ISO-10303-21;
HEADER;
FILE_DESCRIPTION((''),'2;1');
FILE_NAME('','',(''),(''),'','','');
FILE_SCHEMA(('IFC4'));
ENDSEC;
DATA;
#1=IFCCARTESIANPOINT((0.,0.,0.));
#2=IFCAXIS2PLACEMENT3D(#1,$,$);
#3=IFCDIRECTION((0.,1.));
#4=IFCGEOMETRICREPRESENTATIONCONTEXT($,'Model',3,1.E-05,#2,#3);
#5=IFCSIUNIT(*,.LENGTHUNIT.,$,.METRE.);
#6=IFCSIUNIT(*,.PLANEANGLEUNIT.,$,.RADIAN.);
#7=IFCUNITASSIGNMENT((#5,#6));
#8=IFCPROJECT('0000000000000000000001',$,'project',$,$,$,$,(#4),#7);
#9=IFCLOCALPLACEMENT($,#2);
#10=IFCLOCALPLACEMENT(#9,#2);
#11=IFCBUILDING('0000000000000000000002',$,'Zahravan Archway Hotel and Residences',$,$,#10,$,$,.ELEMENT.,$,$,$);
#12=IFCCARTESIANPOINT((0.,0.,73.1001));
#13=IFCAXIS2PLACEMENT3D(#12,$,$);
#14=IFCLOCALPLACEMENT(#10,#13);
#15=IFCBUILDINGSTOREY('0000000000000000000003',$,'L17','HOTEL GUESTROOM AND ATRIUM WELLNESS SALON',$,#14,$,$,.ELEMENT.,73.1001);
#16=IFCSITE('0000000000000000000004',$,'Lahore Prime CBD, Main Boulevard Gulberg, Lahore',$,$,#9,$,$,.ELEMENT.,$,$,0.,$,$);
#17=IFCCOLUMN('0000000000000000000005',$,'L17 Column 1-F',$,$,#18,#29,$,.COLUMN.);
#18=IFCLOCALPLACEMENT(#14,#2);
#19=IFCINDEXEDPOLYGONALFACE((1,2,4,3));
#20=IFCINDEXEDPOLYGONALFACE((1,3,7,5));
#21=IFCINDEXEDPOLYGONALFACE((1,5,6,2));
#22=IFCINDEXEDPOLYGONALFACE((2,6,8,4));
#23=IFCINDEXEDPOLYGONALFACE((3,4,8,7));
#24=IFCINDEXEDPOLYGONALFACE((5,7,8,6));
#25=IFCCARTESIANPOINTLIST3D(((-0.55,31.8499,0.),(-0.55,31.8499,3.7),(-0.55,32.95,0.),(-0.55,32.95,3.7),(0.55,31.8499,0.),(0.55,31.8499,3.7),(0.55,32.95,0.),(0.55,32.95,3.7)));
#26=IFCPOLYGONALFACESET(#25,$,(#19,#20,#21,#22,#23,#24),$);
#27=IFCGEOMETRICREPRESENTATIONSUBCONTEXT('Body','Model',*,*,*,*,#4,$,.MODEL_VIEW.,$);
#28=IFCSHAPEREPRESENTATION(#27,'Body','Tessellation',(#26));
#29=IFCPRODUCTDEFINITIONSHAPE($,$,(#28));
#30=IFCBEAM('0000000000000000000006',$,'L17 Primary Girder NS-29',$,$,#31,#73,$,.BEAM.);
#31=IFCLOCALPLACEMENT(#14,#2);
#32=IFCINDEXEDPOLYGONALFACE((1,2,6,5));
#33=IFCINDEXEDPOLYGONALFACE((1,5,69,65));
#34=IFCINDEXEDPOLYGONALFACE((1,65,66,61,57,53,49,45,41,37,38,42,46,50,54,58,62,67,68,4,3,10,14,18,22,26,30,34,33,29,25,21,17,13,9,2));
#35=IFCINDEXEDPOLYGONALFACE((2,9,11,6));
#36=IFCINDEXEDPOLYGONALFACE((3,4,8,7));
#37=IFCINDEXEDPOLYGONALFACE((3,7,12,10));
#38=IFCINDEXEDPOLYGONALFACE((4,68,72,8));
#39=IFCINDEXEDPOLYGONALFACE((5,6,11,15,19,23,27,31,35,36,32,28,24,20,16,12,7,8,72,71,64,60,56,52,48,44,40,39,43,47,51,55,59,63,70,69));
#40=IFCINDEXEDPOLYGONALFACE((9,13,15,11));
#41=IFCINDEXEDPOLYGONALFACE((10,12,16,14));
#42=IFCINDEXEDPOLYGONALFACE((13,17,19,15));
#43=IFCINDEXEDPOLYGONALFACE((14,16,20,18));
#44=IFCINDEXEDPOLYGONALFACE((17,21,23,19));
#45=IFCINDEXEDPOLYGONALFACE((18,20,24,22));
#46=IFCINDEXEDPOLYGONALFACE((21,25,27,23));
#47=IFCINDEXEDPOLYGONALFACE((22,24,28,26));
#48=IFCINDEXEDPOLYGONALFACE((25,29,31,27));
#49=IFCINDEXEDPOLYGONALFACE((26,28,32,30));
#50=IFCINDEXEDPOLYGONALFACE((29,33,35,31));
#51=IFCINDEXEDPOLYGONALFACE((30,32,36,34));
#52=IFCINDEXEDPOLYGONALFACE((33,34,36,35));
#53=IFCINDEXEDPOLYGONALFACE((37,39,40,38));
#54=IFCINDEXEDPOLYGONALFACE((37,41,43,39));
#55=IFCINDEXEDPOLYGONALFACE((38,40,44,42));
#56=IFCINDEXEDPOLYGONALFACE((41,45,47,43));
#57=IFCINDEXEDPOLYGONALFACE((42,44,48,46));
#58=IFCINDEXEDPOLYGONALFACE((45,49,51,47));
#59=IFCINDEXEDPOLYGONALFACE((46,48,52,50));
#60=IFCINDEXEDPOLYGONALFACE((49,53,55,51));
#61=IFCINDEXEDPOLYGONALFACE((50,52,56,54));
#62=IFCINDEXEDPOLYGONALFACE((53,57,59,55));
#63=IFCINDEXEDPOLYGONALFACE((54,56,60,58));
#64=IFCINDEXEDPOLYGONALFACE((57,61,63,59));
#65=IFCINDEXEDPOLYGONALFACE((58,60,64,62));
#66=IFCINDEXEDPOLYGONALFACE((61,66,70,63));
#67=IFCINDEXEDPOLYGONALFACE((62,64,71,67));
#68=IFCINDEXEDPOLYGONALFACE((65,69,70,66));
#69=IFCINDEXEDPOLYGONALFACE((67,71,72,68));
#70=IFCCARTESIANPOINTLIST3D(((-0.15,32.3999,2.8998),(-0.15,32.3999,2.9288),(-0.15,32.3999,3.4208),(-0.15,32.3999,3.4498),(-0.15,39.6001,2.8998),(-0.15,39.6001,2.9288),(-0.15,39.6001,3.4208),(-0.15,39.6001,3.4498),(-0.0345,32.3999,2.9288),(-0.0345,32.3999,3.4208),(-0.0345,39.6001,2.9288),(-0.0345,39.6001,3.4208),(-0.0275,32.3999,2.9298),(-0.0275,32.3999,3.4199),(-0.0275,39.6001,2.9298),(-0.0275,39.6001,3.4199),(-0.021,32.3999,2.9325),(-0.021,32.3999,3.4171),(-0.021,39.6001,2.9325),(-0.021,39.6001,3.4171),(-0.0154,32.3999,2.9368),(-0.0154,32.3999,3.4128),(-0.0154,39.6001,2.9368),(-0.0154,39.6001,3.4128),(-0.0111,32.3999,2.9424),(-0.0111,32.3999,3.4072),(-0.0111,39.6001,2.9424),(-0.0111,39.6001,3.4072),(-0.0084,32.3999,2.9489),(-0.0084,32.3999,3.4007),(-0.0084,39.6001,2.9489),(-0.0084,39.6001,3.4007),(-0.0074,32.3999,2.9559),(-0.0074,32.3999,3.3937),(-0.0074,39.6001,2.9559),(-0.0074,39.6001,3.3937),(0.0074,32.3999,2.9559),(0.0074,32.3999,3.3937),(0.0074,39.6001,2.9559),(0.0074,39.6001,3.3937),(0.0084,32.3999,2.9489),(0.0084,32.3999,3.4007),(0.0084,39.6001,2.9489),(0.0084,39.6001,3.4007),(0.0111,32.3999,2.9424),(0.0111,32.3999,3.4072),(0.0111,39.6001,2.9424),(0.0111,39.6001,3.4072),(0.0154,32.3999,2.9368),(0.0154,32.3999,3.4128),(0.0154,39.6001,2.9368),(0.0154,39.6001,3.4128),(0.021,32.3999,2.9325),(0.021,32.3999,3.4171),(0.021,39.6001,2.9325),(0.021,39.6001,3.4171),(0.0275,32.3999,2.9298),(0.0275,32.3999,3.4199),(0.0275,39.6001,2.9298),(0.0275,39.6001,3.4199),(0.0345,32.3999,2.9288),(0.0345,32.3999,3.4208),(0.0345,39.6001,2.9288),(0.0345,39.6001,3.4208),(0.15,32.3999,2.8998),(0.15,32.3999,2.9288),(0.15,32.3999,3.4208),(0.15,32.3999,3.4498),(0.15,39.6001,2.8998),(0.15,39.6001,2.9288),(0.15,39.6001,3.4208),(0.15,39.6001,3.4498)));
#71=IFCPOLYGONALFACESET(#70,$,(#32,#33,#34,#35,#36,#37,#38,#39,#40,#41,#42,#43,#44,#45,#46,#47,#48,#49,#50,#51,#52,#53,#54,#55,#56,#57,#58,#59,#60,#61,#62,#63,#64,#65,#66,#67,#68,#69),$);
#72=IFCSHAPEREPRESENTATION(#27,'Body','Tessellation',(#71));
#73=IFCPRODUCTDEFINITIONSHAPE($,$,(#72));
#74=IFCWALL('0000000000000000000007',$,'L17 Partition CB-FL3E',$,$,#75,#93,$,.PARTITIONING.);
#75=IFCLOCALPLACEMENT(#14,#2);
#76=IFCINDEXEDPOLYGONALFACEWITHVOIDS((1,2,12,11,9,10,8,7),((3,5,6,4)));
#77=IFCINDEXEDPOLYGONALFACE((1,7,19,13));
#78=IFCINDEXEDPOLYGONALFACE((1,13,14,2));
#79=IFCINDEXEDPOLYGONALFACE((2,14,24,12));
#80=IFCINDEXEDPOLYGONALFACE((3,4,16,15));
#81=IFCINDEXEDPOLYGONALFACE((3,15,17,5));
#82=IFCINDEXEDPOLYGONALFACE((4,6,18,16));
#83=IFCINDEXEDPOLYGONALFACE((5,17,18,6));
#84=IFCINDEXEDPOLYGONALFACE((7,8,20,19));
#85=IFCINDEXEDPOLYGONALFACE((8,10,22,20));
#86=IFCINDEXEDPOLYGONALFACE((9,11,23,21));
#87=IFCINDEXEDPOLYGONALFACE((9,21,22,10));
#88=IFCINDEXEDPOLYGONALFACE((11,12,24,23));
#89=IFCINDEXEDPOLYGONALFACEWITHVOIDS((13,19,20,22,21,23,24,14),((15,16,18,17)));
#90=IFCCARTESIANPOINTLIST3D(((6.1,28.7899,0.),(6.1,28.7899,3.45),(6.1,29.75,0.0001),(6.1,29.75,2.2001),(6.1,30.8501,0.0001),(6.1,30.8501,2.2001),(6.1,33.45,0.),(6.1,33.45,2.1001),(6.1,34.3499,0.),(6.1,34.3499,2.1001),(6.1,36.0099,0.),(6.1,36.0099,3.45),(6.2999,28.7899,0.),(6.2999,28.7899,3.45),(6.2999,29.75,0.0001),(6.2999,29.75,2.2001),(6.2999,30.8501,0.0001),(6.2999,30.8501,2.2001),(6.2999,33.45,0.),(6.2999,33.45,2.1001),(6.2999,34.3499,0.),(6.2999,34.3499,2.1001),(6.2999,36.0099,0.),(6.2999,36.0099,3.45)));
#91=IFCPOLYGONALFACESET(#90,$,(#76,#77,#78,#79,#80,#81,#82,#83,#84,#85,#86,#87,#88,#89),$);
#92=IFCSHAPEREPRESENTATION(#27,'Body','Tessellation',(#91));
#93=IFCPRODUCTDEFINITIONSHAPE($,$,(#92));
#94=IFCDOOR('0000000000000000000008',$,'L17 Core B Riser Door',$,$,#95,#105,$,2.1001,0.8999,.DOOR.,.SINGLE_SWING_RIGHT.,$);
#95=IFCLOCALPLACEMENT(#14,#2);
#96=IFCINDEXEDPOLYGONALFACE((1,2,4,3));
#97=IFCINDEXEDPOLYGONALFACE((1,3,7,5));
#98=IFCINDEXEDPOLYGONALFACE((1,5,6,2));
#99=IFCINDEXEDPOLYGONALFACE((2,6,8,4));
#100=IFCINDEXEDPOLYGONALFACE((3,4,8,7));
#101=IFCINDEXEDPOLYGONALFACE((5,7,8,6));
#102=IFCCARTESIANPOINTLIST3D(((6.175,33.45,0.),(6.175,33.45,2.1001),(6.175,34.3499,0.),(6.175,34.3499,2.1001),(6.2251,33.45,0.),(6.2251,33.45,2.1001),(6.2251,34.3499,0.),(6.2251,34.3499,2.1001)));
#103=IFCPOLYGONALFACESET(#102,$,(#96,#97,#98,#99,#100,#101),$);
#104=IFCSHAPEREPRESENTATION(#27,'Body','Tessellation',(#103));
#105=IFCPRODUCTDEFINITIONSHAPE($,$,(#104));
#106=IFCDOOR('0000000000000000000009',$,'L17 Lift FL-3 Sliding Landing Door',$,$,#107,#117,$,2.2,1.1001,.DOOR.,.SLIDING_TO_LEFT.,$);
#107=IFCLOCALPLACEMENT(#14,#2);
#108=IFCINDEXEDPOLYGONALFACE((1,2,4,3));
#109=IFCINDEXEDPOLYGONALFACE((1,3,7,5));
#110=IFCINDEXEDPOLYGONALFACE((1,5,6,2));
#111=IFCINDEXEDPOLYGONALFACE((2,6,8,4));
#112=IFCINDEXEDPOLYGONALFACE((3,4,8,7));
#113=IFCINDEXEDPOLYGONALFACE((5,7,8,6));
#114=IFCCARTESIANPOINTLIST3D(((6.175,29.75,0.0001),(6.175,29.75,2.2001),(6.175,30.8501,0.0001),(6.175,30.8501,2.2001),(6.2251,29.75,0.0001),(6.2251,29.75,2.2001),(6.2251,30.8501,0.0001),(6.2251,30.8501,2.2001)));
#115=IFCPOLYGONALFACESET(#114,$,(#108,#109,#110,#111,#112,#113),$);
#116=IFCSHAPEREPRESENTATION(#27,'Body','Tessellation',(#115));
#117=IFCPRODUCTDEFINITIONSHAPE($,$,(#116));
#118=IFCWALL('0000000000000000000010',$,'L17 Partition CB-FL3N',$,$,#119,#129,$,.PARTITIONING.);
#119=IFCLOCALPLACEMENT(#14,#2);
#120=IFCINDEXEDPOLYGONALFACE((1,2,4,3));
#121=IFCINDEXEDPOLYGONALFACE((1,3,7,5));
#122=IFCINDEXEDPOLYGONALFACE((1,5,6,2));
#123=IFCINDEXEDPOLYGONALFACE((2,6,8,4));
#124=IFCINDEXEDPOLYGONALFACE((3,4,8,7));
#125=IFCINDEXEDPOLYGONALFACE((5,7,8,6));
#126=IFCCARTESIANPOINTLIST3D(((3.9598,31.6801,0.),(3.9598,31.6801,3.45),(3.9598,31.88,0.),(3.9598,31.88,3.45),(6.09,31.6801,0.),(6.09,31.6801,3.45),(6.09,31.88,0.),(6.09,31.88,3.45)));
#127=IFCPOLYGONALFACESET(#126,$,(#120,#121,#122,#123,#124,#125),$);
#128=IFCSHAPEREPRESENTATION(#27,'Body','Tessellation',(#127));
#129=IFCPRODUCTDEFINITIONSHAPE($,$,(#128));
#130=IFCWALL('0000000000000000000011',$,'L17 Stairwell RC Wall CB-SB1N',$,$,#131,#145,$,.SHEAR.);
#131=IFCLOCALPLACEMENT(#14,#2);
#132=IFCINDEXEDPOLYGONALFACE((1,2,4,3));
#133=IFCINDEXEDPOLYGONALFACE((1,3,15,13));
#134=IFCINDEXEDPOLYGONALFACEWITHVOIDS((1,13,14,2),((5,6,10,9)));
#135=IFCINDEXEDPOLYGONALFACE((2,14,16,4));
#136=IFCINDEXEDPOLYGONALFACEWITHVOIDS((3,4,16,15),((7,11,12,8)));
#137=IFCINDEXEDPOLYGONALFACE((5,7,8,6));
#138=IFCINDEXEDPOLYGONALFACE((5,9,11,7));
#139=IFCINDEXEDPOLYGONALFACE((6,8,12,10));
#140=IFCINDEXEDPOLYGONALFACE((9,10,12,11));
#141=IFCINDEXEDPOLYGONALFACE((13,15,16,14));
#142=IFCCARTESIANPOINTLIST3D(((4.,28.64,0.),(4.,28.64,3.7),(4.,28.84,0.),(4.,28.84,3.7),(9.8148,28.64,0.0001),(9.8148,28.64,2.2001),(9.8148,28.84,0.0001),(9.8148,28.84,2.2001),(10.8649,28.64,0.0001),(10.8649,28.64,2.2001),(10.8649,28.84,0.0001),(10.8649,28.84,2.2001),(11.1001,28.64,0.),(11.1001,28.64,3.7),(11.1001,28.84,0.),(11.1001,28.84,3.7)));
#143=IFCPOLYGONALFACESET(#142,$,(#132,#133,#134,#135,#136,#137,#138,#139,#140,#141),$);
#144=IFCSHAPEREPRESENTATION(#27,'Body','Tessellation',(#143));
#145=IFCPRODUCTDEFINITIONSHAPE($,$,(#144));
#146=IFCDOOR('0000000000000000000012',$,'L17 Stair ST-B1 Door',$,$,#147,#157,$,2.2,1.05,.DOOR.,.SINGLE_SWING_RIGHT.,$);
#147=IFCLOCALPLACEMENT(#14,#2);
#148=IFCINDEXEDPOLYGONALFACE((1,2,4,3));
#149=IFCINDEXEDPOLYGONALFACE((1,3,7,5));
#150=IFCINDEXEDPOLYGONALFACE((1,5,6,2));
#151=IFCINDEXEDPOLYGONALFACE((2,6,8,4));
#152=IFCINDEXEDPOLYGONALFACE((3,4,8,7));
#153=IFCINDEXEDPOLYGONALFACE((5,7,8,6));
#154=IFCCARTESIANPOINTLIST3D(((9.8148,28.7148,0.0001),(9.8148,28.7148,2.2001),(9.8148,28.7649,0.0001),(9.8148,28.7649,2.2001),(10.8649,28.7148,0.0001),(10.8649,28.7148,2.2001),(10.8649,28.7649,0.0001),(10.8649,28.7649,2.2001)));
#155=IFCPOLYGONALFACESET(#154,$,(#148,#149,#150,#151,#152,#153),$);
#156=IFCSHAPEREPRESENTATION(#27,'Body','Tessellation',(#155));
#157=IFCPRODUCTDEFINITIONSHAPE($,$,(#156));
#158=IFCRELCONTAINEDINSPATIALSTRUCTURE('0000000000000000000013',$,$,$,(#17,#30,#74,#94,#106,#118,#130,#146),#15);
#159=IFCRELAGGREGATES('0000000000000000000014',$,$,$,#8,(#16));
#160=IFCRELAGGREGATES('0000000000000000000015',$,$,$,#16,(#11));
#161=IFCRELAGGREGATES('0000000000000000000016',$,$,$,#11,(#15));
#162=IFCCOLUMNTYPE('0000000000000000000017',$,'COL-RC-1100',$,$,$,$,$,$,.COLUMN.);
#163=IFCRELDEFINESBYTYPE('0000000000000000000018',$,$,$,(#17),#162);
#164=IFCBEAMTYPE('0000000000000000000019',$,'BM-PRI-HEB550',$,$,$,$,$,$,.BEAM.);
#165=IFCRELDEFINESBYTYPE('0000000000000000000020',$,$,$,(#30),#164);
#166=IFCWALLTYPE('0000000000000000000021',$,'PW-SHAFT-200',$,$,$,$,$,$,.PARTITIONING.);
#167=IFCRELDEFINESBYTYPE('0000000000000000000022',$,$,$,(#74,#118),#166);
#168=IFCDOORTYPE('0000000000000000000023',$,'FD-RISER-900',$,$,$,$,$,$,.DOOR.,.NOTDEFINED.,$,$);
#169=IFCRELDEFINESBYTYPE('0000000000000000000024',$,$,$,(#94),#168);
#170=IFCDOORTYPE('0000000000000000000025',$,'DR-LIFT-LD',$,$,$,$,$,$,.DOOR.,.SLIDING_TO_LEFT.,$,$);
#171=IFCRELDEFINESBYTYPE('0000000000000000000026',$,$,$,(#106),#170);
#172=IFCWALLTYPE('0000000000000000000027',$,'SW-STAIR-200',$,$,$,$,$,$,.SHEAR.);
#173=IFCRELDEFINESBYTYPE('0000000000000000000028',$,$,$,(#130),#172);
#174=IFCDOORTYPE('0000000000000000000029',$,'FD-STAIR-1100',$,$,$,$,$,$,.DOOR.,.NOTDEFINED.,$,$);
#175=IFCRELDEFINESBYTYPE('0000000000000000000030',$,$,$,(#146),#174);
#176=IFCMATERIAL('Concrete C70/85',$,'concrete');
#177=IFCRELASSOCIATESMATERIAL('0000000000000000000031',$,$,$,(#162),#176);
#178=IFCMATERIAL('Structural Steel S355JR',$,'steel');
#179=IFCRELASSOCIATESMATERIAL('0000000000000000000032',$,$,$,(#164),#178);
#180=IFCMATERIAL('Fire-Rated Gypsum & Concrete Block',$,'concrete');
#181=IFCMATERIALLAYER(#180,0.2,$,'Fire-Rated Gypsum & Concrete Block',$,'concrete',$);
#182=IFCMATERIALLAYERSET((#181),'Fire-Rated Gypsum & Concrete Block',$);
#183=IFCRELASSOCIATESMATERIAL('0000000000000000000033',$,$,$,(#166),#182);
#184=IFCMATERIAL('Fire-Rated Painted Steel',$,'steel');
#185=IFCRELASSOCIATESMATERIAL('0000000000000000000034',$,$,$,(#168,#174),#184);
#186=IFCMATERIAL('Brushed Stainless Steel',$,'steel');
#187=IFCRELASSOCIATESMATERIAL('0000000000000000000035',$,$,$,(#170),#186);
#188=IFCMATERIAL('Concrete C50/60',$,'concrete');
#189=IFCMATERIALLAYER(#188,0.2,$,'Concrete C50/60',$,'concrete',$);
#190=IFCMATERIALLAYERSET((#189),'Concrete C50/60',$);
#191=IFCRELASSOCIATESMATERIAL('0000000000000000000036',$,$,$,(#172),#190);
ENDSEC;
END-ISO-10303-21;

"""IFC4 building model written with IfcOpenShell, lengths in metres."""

from ifc_helpers import new_model, si_unit, direction, frame, frame_2d, origin, origin_2d, place, context, subcontext, project, spatial, rectangle, i_section, extrude, source, transform, mapped, material, layer, layer_set, material_profile, profile_set, type_object, type_shapes, element, fill, save


model = new_model("IFC4")

# Units and contexts
model_context = context("Model", 3, precision=1e-05, world=origin(), true_north=direction((0.0, 1.0)))
body_context = subcontext(model_context, "Body", "Model", "MODEL_VIEW")
ifc_project = project(units=[si_unit("LENGTHUNIT", "METRE"), si_unit("PLANEANGLEUNIT", "RADIAN")], contexts=[model_context])

# Site, building, storey
site_placement = place(None, origin())
site = spatial("IfcSite", under=ifc_project, at=site_placement, Name="Lahore Prime CBD, Main Boulevard Gulberg, Lahore", CompositionType="ELEMENT", RefElevation=0.0)
building_placement = place(site_placement, origin())
building = spatial("IfcBuilding", under=site, at=building_placement, Name="Zahravan Archway Hotel and Residences", CompositionType="ELEMENT")
storey_placement = place(building_placement, frame((0.0, 0.0, 73.1001)))
storey = spatial("IfcBuildingStorey", under=building, at=storey_placement, Name="L17", Description="HOTEL GUESTROOM AND ATRIUM WELLNESS SALON", CompositionType="ELEMENT", Elevation=73.1001)

# Column
ifc_material_1 = material(Name="Concrete C70/85", Category="concrete")
ifc_material_profile_1 = material_profile(ifc_material_1, rectangle(XDim=1.1001, YDim=1.1001, at=origin_2d()), Name="RC 1100x1100", Category="concrete")
ifc_profile_set_1 = profile_set([ifc_material_profile_1], Name="Concrete C70/85")
column_type = type_object("IfcColumnType", Name="COL-RC-1100", PredefinedType="COLUMN", material=ifc_profile_set_1)
shared_shape_1 = source(origin(), body_context, "Body", "SweptSolid", [
    extrude(rectangle(XDim=1.1001, YDim=1.1001, at=origin_2d()), origin(), (0.0, 0.0, 1.0), 3.7),
])
column_placement = place(storey_placement, frame((0.0, 32.3999, 0.0), z_axis=(0.0, 0.0, 1.0), x_axis=(1.0, 0.0, 0.0)))
element("IfcColumn", 1, at=column_placement, inside=storey, type_object=column_type, Name="L17 Column 1-F", PredefinedType="COLUMN", context=body_context, shape_type="MappedRepresentation", body=[
    mapped(shared_shape_1, transform((0.0, 0.0, 0.0), scale=1.0)),
])

# Beam
ifc_material_2 = material(Name="Structural Steel S355JR", Category="steel")
ifc_material_profile_2 = material_profile(ifc_material_2, i_section(OverallWidth=0.3, OverallDepth=0.55, WebThickness=0.0149, FlangeThickness=0.0291, FilletRadius=0.0271, at=origin_2d()), Name="HEB 550", Category="steel")
ifc_profile_set_2 = profile_set([ifc_material_profile_2], Name="Structural Steel S355JR")
beam_type = type_object("IfcBeamType", Name="BM-PRI-HEB550", PredefinedType="BEAM", material=ifc_profile_set_2)
shared_shape_2 = source(origin(), body_context, "Body", "SweptSolid", [
    extrude(i_section(OverallWidth=0.3, OverallDepth=0.55, WebThickness=0.0149, FlangeThickness=0.0291, FilletRadius=0.0271, at=origin_2d()), origin(), (0.0, 0.0, 1.0), 7.2002),
])
type_shapes(beam_type, [shared_shape_2])
beam_placement = place(storey_placement, frame((0.0, 32.3999, 3.1748), z_axis=(0.0, 1.0, 0.0), x_axis=(-1.0, 0.0, 0.0)))
element("IfcBeam", 2, at=beam_placement, inside=storey, type_object=beam_type, Name="L17 Primary Girder NS-29", PredefinedType="BEAM", context=body_context, shape_type="MappedRepresentation", body=[
    mapped(shared_shape_2, transform((0.0, 0.0, 0.0), scale=1.0)),
])

# Wall, openings, doors
ifc_material_3 = material(Name="Fire-Rated Gypsum & Concrete Block", Category="concrete")
ifc_layer_1 = layer(ifc_material_3, 0.2, Name="Fire-Rated Gypsum & Concrete Block", Category="concrete")
ifc_layer_set_1 = layer_set([ifc_layer_1], Name="Fire-Rated Gypsum & Concrete Block")
wall_type_1 = type_object("IfcWallType", Name="PW-SHAFT-200", PredefinedType="PARTITIONING", material=ifc_layer_set_1)
wall_1_placement = place(storey_placement, frame((6.2, 28.79, 0.0), z_axis=(0.0, 0.0, 1.0), x_axis=(0.0, 1.0, 0.0)))
wall_1 = element("IfcWall", 3, at=wall_1_placement, inside=storey, type_object=wall_type_1, Name="L17 Partition CB-FL3E", PredefinedType="PARTITIONING", context=body_context, shape_type="SweptSolid", body=[
    extrude(rectangle(XDim=7.22, YDim=0.2, at=frame_2d((3.6099, 0.0))), origin(), (0.0, 0.0, 1.0), 3.45),
])
opening_1_placement = place(wall_1_placement, frame((4.6599, 0.0, 0.0)))
opening_1 = element("IfcOpeningElement", 4, at=opening_1_placement, cuts=wall_1, PredefinedType="OPENING", context=body_context, shape_type="SweptSolid", body=[
    extrude(rectangle(XDim=0.8999, YDim=2.1001, at=frame_2d((0.45, 1.05))), frame((0.0, 0.1099, 0.0), z_axis=(0.0, -1.0, 0.0), x_axis=(1.0, 0.0, 0.0)), (0.0, 0.0, 1.0), 0.22),
])
opening_2_placement = place(wall_1_placement, frame((0.96, 0.0, 0.0)))
opening_2 = element("IfcOpeningElement", 5, at=opening_2_placement, cuts=wall_1, PredefinedType="OPENING", context=body_context, shape_type="SweptSolid", body=[
    extrude(rectangle(XDim=1.1001, YDim=2.2, at=frame_2d((0.55, 1.1001))), frame((0.0, 0.1099, 0.0), z_axis=(0.0, -1.0, 0.0), x_axis=(1.0, 0.0, 0.0)), (0.0, 0.0, 1.0), 0.22),
])
ifc_material_4 = material(Name="Fire-Rated Painted Steel", Category="steel")
door_type_1 = type_object("IfcDoorType", Name="FD-RISER-900", OperationType="NOTDEFINED", PredefinedType="DOOR", material=ifc_material_4)
shared_shape_3 = source(origin(), body_context, "Body", "SweptSolid", [
    extrude(rectangle(XDim=0.8999, YDim=2.1001, at=frame_2d((0.45, 1.05))), frame((0.0, 0.0249, 0.0), z_axis=(0.0, -1.0, 0.0), x_axis=(1.0, 0.0, 0.0)), (0.0, 0.0, 1.0), 0.05),
])
type_shapes(door_type_1, [shared_shape_3])
door_1_placement = place(opening_1_placement, origin())
door_1 = element("IfcDoor", 6, at=door_1_placement, inside=storey, type_object=door_type_1, Name="L17 Core B Riser Door", OperationType="SINGLE_SWING_RIGHT", OverallHeight=2.1001, OverallWidth=0.8999, PredefinedType="DOOR", context=body_context, shape_type="MappedRepresentation", body=[
    mapped(shared_shape_3, transform((0.0, 0.0, 0.0), scale=1.0)),
])
fill(opening_1, door_1)
ifc_material_5 = material(Name="Brushed Stainless Steel", Category="steel")
door_type_2 = type_object("IfcDoorType", Name="DR-LIFT-LD", OperationType="SLIDING_TO_LEFT", PredefinedType="DOOR", material=ifc_material_5)
shared_shape_4 = source(origin(), body_context, "Body", "SweptSolid", [
    extrude(rectangle(XDim=1.1001, YDim=2.2, at=frame_2d((0.55, 1.1001))), frame((0.0, 0.0249, 0.0), z_axis=(0.0, -1.0, 0.0), x_axis=(1.0, 0.0, 0.0)), (0.0, 0.0, 1.0), 0.05),
])
type_shapes(door_type_2, [shared_shape_4])
door_2_placement = place(opening_2_placement, origin())
door_2 = element("IfcDoor", 7, at=door_2_placement, inside=storey, type_object=door_type_2, Name="L17 Lift FL-3 Sliding Landing Door", OperationType="SLIDING_TO_LEFT", OverallHeight=2.2, OverallWidth=1.1001, PredefinedType="DOOR", context=body_context, shape_type="MappedRepresentation", body=[
    mapped(shared_shape_4, transform((0.0, 0.0, 0.0), scale=1.0)),
])
fill(opening_2, door_2)

# Wall
wall_2_placement = place(storey_placement, frame((3.96, 31.78, 0.0), z_axis=(0.0, 0.0, 1.0), x_axis=(1.0, 0.0, 0.0)))
element("IfcWall", 8, at=wall_2_placement, inside=storey, type_object=wall_type_1, Name="L17 Partition CB-FL3N", PredefinedType="PARTITIONING", context=body_context, shape_type="SweptSolid", body=[
    extrude(rectangle(XDim=2.1301, YDim=0.2, at=frame_2d((1.0649, 0.0))), origin(), (0.0, 0.0, 1.0), 3.45),
])

# Wall, opening, door
ifc_material_6 = material(Name="Concrete C50/60", Category="concrete")
ifc_layer_2 = layer(ifc_material_6, 0.2, Name="Concrete C50/60", Category="concrete")
ifc_layer_set_2 = layer_set([ifc_layer_2], Name="Concrete C50/60")
wall_type_2 = type_object("IfcWallType", Name="SW-STAIR-200", PredefinedType="SHEAR", material=ifc_layer_set_2)
wall_3_placement = place(storey_placement, frame((4.0, 28.74, 0.0), z_axis=(0.0, 0.0, 1.0), x_axis=(1.0, 0.0, 0.0)))
wall_3 = element("IfcWall", 9, at=wall_3_placement, inside=storey, type_object=wall_type_2, Name="L17 Stairwell RC Wall CB-SB1N", PredefinedType="SHEAR", context=body_context, shape_type="SweptSolid", body=[
    extrude(rectangle(XDim=7.1001, YDim=0.2, at=frame_2d((3.55, 0.0))), origin(), (0.0, 0.0, 1.0), 3.7),
])
opening_3_placement = place(wall_3_placement, frame((5.8149, 0.0, 0.0)))
opening_3 = element("IfcOpeningElement", 10, at=opening_3_placement, cuts=wall_3, PredefinedType="OPENING", context=body_context, shape_type="SweptSolid", body=[
    extrude(rectangle(XDim=1.05, YDim=2.2, at=frame_2d((0.5249, 1.1001))), frame((0.0, 0.1099, 0.0), z_axis=(0.0, -1.0, 0.0), x_axis=(1.0, 0.0, 0.0)), (0.0, 0.0, 1.0), 0.22),
])
door_type_3 = type_object("IfcDoorType", Name="FD-STAIR-1100", OperationType="NOTDEFINED", PredefinedType="DOOR", material=ifc_material_4)
shared_shape_5 = source(origin(), body_context, "Body", "SweptSolid", [
    extrude(rectangle(XDim=1.05, YDim=2.2, at=frame_2d((0.5249, 1.1001))), frame((0.0, 0.0249, 0.0), z_axis=(0.0, -1.0, 0.0), x_axis=(1.0, 0.0, 0.0)), (0.0, 0.0, 1.0), 0.05),
])
type_shapes(door_type_3, [shared_shape_5])
door_3_placement = place(opening_3_placement, origin())
door_3 = element("IfcDoor", 11, at=door_3_placement, inside=storey, type_object=door_type_3, Name="L17 Stair ST-B1 Door", OperationType="SINGLE_SWING_RIGHT", OverallHeight=2.2, OverallWidth=1.05, PredefinedType="DOOR", context=body_context, shape_type="MappedRepresentation", body=[
    mapped(shared_shape_5, transform((0.0, 0.0, 0.0), scale=1.0)),
])
fill(opening_3, door_3)

save(model, "model.ifc")
